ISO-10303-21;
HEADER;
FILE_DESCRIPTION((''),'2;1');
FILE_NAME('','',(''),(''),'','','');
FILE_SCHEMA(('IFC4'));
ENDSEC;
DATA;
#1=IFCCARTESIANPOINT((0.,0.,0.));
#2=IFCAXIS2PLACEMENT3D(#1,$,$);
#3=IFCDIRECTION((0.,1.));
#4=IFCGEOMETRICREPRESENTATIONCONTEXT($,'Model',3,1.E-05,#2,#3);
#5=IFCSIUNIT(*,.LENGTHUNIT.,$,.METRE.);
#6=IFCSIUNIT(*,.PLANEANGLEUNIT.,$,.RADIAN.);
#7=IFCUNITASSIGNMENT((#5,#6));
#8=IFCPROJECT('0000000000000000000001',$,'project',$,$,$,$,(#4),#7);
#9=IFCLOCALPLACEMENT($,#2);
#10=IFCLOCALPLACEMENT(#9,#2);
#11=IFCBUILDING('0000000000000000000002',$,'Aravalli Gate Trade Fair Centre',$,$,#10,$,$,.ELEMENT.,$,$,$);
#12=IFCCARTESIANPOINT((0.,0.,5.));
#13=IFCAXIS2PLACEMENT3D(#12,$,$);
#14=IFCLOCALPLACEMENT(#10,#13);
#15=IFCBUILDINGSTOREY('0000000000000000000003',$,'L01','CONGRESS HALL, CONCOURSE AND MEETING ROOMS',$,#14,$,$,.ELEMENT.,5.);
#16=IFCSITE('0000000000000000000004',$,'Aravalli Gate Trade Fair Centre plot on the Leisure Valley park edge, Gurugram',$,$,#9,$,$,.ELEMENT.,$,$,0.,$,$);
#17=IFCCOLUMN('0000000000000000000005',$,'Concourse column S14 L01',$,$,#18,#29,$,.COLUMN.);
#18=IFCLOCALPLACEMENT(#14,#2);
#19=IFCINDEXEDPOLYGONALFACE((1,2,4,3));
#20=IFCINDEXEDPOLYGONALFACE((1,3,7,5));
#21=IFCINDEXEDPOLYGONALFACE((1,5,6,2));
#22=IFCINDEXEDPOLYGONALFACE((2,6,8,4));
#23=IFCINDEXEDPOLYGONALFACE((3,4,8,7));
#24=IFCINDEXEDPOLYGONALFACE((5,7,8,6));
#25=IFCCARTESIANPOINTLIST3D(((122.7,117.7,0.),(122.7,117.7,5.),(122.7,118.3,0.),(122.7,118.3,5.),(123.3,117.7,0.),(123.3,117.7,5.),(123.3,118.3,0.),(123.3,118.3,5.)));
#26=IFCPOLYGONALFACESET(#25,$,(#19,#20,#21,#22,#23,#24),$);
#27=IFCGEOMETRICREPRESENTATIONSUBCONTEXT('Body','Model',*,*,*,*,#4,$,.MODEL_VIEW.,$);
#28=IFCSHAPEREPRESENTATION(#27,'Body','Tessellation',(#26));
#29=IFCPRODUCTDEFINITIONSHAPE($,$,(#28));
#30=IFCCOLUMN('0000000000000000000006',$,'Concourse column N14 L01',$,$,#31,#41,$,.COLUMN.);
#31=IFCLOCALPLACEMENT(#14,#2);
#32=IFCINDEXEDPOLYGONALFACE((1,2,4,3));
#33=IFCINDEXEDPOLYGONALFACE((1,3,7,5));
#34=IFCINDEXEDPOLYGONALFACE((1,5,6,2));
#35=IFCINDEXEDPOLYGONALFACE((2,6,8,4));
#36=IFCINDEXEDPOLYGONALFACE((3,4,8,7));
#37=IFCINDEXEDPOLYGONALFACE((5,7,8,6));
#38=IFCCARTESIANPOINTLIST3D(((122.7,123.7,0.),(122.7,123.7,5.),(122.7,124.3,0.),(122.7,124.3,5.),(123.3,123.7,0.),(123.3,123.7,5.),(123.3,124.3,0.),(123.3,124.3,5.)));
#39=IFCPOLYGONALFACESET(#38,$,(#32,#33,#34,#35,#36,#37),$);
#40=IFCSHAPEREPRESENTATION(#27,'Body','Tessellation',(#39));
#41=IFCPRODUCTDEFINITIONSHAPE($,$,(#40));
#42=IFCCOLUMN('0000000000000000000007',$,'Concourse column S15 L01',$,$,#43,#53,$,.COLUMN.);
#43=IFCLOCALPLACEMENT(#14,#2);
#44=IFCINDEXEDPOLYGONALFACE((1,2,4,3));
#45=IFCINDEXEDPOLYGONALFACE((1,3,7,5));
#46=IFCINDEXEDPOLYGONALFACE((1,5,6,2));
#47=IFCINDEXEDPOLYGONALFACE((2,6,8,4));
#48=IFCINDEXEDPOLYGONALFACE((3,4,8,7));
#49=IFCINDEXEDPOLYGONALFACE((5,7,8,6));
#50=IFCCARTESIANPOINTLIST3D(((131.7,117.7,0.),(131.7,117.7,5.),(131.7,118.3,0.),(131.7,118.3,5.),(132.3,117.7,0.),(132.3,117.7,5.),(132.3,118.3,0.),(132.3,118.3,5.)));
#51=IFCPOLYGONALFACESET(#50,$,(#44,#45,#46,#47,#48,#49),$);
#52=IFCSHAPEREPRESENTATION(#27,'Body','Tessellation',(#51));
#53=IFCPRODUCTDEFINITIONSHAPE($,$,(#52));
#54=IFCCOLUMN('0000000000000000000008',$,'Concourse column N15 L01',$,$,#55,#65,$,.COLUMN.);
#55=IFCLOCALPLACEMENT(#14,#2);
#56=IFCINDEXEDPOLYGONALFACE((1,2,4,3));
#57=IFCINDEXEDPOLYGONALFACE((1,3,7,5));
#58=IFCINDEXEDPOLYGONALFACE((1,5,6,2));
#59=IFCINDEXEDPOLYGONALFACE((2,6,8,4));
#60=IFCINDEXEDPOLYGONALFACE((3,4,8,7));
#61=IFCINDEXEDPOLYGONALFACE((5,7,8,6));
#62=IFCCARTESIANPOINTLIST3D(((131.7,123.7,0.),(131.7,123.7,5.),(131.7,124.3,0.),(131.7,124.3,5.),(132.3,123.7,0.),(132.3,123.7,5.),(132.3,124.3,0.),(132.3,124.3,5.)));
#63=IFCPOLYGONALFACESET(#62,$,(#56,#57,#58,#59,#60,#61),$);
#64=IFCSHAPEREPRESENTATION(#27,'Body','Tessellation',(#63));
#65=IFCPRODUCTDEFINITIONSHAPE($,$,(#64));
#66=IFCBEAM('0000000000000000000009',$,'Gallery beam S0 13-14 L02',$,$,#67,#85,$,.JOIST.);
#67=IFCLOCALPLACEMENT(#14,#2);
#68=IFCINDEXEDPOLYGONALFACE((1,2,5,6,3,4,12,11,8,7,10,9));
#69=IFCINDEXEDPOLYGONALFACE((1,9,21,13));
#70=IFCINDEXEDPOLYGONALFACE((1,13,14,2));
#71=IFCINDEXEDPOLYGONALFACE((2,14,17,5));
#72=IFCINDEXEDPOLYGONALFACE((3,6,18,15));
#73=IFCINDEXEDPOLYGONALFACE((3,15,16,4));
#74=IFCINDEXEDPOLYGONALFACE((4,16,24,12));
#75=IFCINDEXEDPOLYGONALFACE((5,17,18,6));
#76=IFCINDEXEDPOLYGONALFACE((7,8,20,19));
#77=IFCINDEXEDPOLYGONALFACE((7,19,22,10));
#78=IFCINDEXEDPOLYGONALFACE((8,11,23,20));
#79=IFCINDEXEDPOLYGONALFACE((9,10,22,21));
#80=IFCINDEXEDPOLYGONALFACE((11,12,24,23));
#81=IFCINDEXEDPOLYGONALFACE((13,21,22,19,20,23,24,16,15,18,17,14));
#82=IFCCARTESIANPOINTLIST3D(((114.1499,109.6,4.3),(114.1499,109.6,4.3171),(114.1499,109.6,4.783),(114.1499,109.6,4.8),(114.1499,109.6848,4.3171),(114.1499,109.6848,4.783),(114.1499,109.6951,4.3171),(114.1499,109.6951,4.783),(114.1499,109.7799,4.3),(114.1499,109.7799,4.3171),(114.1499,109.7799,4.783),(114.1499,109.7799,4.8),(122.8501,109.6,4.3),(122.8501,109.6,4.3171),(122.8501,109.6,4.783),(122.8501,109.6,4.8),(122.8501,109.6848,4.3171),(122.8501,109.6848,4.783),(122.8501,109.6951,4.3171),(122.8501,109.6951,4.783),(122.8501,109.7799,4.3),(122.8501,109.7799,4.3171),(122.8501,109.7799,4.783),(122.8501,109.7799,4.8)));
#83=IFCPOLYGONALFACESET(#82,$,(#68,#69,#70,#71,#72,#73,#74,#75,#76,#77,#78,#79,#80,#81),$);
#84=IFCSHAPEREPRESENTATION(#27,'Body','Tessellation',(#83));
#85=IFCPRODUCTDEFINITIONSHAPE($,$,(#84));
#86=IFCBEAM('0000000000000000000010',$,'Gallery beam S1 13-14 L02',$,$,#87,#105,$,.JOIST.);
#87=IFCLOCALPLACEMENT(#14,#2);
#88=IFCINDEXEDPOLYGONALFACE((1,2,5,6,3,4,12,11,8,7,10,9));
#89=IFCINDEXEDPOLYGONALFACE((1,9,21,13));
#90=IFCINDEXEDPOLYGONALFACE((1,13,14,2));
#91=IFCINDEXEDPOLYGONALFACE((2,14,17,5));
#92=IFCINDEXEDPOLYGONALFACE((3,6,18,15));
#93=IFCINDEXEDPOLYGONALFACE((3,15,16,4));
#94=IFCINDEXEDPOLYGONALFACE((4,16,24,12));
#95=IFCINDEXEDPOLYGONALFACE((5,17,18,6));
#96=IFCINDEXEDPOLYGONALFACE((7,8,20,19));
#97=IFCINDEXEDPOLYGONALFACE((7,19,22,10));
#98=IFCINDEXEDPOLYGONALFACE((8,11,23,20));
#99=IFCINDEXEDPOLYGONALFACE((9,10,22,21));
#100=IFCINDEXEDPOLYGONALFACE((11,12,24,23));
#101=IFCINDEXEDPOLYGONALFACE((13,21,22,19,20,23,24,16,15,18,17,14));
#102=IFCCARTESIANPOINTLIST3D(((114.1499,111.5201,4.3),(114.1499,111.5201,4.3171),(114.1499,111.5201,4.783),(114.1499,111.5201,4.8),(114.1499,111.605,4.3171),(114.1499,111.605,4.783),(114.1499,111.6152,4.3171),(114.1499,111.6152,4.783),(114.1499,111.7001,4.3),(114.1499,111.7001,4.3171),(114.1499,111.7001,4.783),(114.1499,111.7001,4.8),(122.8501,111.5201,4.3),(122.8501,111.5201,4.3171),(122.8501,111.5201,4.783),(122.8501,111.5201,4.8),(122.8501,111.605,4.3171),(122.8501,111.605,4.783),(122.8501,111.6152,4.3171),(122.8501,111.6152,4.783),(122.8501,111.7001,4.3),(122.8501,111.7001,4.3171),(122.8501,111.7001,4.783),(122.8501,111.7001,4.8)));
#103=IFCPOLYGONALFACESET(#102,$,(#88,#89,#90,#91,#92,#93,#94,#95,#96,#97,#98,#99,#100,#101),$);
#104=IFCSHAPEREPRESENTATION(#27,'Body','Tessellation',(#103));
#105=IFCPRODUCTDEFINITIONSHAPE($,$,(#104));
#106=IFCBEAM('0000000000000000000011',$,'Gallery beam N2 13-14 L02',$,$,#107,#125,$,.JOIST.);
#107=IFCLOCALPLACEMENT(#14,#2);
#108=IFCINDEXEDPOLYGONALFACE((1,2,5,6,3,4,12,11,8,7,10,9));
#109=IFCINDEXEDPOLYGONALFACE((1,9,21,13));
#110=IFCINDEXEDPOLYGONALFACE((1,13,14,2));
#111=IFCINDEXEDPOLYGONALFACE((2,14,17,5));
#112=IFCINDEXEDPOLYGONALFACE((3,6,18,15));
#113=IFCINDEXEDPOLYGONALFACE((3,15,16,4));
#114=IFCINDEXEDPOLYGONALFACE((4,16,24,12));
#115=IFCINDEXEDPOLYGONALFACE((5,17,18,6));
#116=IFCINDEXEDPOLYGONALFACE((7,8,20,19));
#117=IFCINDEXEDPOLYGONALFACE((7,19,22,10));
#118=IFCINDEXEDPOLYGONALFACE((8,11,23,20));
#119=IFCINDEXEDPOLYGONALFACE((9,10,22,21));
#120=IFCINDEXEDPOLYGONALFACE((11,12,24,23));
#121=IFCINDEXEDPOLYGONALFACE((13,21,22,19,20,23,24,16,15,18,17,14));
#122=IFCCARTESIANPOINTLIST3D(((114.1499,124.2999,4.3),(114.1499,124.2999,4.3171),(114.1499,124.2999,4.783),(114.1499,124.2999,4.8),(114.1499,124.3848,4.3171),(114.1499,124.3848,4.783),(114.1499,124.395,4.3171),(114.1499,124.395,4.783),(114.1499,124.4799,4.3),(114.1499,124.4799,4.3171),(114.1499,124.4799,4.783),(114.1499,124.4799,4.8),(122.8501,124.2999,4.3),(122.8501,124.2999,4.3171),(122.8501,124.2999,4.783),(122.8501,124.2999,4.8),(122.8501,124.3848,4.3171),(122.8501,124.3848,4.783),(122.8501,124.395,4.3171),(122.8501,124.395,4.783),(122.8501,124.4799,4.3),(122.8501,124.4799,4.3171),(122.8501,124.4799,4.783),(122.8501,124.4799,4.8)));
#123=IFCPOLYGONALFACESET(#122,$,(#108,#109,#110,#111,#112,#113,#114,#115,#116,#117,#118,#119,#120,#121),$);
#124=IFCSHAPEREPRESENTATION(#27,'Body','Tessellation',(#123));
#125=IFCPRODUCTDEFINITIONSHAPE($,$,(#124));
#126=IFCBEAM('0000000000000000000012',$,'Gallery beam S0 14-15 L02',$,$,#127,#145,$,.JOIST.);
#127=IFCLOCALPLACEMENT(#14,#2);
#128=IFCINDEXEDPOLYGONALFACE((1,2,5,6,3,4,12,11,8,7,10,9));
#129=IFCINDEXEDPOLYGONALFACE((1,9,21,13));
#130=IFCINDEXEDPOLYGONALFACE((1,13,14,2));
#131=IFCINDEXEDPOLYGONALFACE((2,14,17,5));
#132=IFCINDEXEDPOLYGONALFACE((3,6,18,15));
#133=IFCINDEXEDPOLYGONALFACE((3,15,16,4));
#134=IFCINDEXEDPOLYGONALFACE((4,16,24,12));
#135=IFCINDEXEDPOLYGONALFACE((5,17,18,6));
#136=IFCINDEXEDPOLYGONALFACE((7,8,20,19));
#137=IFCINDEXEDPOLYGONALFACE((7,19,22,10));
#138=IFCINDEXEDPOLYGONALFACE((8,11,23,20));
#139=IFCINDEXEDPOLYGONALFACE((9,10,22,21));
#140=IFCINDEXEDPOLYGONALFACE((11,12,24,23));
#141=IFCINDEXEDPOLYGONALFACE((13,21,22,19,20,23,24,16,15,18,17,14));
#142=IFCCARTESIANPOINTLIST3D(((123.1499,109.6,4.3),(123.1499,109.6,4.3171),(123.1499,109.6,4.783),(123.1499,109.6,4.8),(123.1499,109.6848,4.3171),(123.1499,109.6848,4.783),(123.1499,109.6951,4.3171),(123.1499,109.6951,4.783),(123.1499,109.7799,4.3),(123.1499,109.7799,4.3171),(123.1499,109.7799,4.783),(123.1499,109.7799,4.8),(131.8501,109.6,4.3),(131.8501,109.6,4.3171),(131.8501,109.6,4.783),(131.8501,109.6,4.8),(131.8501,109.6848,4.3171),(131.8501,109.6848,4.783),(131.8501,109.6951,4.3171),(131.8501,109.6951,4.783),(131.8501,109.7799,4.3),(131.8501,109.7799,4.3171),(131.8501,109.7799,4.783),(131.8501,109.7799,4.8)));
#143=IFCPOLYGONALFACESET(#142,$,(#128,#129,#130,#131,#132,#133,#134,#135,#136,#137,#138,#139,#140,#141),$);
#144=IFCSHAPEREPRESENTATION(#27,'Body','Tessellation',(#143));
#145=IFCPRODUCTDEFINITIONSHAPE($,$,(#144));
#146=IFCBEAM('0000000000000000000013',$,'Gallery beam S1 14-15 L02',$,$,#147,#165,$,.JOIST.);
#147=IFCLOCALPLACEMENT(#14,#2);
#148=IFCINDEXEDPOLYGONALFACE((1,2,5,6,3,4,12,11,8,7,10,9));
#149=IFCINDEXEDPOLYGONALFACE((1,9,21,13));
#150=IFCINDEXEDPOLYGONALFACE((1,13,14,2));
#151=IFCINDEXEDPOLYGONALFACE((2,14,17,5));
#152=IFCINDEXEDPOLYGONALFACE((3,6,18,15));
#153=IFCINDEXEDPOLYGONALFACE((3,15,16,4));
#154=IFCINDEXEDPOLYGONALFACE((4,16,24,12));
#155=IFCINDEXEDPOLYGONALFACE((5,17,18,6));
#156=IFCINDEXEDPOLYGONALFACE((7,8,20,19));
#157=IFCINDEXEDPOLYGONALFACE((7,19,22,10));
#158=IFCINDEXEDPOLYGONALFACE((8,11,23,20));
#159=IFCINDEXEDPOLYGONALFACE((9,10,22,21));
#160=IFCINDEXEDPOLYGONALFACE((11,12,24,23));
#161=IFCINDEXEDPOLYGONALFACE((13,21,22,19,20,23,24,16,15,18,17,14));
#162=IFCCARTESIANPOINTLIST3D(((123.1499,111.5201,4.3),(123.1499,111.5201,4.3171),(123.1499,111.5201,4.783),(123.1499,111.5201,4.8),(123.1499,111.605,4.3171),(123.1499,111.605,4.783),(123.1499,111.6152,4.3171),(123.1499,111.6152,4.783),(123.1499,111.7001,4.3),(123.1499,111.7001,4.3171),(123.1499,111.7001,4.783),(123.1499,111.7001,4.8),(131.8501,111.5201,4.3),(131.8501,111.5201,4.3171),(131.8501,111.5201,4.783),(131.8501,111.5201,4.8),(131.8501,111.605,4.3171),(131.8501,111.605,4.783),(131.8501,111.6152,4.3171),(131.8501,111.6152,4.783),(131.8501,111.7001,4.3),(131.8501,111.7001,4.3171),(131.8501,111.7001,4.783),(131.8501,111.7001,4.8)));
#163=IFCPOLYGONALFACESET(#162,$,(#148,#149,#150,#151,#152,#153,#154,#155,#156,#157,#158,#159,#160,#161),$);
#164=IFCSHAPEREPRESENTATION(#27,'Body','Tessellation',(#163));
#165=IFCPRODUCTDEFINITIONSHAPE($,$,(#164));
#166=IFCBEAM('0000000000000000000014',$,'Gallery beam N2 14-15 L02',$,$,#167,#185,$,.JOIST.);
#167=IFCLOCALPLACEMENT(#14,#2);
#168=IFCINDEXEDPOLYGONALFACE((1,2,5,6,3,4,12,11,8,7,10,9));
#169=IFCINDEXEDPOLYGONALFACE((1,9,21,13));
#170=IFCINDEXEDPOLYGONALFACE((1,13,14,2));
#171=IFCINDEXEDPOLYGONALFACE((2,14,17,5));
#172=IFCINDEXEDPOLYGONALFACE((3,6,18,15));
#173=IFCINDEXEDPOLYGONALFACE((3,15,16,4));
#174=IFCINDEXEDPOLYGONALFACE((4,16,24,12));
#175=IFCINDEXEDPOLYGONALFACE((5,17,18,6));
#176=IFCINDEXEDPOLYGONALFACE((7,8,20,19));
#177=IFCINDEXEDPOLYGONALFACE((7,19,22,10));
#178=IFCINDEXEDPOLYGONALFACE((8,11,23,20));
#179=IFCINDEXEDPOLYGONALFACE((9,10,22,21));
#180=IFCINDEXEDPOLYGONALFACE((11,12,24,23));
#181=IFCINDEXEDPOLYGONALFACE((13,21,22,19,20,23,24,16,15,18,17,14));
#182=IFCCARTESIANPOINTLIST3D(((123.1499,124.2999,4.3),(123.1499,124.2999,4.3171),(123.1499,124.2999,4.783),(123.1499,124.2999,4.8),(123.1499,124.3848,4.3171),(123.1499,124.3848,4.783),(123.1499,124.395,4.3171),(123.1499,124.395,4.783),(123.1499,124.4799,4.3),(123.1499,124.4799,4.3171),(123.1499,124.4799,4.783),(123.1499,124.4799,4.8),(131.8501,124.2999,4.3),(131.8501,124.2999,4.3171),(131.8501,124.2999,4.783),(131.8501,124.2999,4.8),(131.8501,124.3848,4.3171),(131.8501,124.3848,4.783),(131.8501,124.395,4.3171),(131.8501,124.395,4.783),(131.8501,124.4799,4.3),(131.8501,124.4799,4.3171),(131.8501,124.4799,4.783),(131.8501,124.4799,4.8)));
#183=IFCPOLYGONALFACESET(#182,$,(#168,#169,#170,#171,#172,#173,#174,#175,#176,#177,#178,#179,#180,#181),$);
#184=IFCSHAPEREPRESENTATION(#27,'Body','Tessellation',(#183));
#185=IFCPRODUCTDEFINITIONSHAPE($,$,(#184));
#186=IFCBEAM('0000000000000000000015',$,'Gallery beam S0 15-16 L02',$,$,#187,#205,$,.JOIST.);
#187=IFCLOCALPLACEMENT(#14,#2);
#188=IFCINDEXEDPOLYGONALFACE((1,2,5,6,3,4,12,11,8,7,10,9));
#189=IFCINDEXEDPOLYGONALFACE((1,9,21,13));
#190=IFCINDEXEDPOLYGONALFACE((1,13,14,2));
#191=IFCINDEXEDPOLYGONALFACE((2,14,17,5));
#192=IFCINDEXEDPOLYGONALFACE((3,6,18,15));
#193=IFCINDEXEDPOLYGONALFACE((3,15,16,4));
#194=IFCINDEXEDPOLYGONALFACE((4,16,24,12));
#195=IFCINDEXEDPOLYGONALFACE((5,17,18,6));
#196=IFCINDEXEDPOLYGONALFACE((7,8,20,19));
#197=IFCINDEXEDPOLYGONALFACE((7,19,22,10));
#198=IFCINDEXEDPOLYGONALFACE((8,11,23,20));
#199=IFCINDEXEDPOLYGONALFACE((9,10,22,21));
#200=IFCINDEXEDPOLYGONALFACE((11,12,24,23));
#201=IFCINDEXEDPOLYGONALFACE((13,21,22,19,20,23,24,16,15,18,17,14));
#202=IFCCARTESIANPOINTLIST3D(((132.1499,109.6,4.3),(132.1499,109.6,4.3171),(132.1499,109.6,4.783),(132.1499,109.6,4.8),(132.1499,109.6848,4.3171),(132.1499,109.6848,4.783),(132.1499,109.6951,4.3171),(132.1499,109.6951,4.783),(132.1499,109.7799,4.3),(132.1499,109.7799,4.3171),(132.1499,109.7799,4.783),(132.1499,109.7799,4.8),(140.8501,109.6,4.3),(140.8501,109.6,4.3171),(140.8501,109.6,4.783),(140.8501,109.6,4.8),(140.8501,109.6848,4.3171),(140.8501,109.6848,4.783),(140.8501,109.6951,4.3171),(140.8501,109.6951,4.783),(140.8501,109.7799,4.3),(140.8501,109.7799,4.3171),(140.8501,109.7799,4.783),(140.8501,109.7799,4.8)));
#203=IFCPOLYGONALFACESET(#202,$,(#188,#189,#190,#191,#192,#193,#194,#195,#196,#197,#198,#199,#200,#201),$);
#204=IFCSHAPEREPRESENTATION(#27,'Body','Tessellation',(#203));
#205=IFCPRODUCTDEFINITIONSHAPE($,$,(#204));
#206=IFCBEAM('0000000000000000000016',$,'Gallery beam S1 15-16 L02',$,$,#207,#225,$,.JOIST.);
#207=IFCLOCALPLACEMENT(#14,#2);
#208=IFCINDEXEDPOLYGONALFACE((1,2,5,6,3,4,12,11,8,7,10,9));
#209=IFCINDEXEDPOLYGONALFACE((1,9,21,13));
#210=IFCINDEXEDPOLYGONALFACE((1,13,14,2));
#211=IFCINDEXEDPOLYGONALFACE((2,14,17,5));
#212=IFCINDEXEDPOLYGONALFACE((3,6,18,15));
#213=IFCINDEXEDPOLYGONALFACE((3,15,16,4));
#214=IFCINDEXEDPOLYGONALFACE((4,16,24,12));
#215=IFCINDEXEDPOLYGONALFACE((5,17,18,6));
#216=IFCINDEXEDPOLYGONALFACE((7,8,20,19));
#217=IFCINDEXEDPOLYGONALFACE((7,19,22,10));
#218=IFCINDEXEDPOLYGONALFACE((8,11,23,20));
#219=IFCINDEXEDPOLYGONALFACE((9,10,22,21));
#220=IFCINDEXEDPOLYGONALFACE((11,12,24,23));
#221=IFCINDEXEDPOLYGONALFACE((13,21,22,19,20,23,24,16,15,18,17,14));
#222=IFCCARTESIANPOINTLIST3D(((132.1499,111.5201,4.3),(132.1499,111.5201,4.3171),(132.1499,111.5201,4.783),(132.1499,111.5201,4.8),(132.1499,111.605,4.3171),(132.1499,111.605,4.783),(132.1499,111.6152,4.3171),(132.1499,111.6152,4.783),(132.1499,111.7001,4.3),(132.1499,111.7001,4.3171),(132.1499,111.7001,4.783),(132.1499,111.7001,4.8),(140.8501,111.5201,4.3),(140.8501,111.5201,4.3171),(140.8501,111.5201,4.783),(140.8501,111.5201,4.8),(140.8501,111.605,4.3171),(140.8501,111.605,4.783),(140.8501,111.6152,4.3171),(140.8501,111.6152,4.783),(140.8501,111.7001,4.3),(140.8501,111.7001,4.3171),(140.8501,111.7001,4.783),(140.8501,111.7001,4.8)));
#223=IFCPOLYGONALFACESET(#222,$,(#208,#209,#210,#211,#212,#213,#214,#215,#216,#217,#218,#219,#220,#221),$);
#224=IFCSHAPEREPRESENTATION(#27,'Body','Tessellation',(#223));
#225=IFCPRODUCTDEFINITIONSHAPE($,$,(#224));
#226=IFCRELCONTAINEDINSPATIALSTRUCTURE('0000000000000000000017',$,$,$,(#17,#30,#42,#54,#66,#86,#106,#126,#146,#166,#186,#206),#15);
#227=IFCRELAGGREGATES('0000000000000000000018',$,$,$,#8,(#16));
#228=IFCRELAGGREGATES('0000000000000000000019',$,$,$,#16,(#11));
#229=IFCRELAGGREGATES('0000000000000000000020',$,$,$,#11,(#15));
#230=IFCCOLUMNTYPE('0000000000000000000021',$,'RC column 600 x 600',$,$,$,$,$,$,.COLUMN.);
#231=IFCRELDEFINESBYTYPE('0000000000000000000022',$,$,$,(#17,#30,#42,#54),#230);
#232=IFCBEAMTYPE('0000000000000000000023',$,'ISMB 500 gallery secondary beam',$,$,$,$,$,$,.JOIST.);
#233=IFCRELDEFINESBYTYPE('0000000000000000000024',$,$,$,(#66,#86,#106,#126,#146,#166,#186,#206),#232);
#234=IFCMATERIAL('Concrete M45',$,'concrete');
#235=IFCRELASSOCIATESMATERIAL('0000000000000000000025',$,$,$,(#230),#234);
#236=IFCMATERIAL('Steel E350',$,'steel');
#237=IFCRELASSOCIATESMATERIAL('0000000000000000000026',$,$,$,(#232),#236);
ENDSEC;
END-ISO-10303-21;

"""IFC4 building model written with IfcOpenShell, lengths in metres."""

from ifc_helpers import new_model, si_unit, direction, frame, origin, origin_2d, place, context, subcontext, project, spatial, rectangle, i_section, extrude, material, material_profile, profile_set, type_object, element, save


model = new_model("IFC4")

# Units and contexts
model_context = context("Model", 3, precision=1e-05, world=origin(), true_north=direction((0.0, 1.0)))
body_context = subcontext(model_context, "Body", "Model", "MODEL_VIEW")
ifc_project = project(units=[si_unit("LENGTHUNIT", "METRE"), si_unit("PLANEANGLEUNIT", "RADIAN")], contexts=[model_context])

# Site, building, storey
site_placement = place(None, origin())
site = spatial("IfcSite", under=ifc_project, at=site_placement, Name="Aravalli Gate Trade Fair Centre plot on the Leisure Valley park edge, Gurugram", CompositionType="ELEMENT", RefElevation=0.0)
building_placement = place(site_placement, origin())
building = spatial("IfcBuilding", under=site, at=building_placement, Name="Aravalli Gate Trade Fair Centre", CompositionType="ELEMENT")
storey_placement = place(building_placement, frame((0.0, 0.0, 5.0)))
storey = spatial("IfcBuildingStorey", under=building, at=storey_placement, Name="L01", Description="CONGRESS HALL, CONCOURSE AND MEETING ROOMS", CompositionType="ELEMENT", Elevation=5.0)

# Columns
ifc_material_1 = material(Name="Concrete M45", Category="concrete")
ifc_material_profile_1 = material_profile(ifc_material_1, rectangle(XDim=0.6001, YDim=0.6001, at=origin_2d()), Name="RC column 600 x 600")
ifc_profile_set_1 = profile_set([ifc_material_profile_1], Name="Concrete M45")
column_type = type_object("IfcColumnType", Name="RC column 600 x 600", PredefinedType="COLUMN", material=ifc_profile_set_1)
for number, where, z_axis, x_axis, name in (
    (1, (123.0, 118.0, 0.0), (0.0, 0.0, 1.0), (1.0, 0.0, 0.0), "Concourse column S14 L01"),
    (2, (123.0, 124.0, 0.0), (0.0, 0.0, 1.0), (1.0, 0.0, 0.0), "Concourse column N14 L01"),
    (3, (132.0, 118.0, 0.0), (0.0, 0.0, 1.0), (1.0, 0.0, 0.0), "Concourse column S15 L01"),
    (4, (132.0, 124.0, 0.0), (0.0, 0.0, 1.0), (1.0, 0.0, 0.0), "Concourse column N15 L01"),
):
    element("IfcColumn", number, at=place(storey_placement, frame(where, z_axis=z_axis, x_axis=x_axis)), inside=storey, type_object=column_type, Name=name, PredefinedType="COLUMN", context=body_context, shape_type="SweptSolid", body=[
        extrude(rectangle(XDim=0.6001, YDim=0.6001, at=origin_2d()), origin(), (0.0, 0.0, 1.0), 5.0),
    ])

# Beams
ifc_material_2 = material(Name="Steel E350", Category="steel")
ifc_material_profile_2 = material_profile(ifc_material_2, i_section(OverallWidth=0.1799, OverallDepth=0.5, WebThickness=0.0103, FlangeThickness=0.0171, at=origin_2d()), Name="ISMB 500")
ifc_profile_set_2 = profile_set([ifc_material_profile_2], Name="Steel E350")
beam_type_1 = type_object("IfcBeamType", Name="ISMB 500 gallery secondary beam", PredefinedType="JOIST", material=ifc_profile_set_2)
for number, where, z_axis, x_axis, name in (
    (5, (114.1499, 109.6899, 4.55), (1.0, 0.0, 0.0), (0.0, 1.0, 0.0), "Gallery beam S0 13-14 L02"),
    (6, (114.1499, 111.6101, 4.55), (1.0, 0.0, 0.0), (0.0, 1.0, 0.0), "Gallery beam S1 13-14 L02"),
    (7, (114.1499, 124.3899, 4.55), (1.0, 0.0, 0.0), (0.0, 1.0, 0.0), "Gallery beam N2 13-14 L02"),
    (8, (123.1499, 109.6899, 4.55), (1.0, 0.0, 0.0), (0.0, 1.0, 0.0), "Gallery beam S0 14-15 L02"),
    (9, (123.1499, 111.6101, 4.55), (1.0, 0.0, 0.0), (0.0, 1.0, 0.0), "Gallery beam S1 14-15 L02"),
    (10, (123.1499, 124.3899, 4.55), (1.0, 0.0, 0.0), (0.0, 1.0, 0.0), "Gallery beam N2 14-15 L02"),
    (11, (132.1499, 109.6899, 4.55), (1.0, 0.0, 0.0), (0.0, 1.0, 0.0), "Gallery beam S0 15-16 L02"),
    (12, (132.1499, 111.6101, 4.55), (1.0, 0.0, 0.0), (0.0, 1.0, 0.0), "Gallery beam S1 15-16 L02"),
):
    element("IfcBeam", number, at=place(storey_placement, frame(where, z_axis=z_axis, x_axis=x_axis)), inside=storey, type_object=beam_type_1, Name=name, PredefinedType="JOIST", context=body_context, shape_type="SweptSolid", body=[
        extrude(i_section(OverallWidth=0.1799, OverallDepth=0.5, WebThickness=0.0103, FlangeThickness=0.0171, at=origin_2d()), origin(), (0.0, 0.0, 1.0), 8.7002),
    ])

save(model, "model.ifc")
